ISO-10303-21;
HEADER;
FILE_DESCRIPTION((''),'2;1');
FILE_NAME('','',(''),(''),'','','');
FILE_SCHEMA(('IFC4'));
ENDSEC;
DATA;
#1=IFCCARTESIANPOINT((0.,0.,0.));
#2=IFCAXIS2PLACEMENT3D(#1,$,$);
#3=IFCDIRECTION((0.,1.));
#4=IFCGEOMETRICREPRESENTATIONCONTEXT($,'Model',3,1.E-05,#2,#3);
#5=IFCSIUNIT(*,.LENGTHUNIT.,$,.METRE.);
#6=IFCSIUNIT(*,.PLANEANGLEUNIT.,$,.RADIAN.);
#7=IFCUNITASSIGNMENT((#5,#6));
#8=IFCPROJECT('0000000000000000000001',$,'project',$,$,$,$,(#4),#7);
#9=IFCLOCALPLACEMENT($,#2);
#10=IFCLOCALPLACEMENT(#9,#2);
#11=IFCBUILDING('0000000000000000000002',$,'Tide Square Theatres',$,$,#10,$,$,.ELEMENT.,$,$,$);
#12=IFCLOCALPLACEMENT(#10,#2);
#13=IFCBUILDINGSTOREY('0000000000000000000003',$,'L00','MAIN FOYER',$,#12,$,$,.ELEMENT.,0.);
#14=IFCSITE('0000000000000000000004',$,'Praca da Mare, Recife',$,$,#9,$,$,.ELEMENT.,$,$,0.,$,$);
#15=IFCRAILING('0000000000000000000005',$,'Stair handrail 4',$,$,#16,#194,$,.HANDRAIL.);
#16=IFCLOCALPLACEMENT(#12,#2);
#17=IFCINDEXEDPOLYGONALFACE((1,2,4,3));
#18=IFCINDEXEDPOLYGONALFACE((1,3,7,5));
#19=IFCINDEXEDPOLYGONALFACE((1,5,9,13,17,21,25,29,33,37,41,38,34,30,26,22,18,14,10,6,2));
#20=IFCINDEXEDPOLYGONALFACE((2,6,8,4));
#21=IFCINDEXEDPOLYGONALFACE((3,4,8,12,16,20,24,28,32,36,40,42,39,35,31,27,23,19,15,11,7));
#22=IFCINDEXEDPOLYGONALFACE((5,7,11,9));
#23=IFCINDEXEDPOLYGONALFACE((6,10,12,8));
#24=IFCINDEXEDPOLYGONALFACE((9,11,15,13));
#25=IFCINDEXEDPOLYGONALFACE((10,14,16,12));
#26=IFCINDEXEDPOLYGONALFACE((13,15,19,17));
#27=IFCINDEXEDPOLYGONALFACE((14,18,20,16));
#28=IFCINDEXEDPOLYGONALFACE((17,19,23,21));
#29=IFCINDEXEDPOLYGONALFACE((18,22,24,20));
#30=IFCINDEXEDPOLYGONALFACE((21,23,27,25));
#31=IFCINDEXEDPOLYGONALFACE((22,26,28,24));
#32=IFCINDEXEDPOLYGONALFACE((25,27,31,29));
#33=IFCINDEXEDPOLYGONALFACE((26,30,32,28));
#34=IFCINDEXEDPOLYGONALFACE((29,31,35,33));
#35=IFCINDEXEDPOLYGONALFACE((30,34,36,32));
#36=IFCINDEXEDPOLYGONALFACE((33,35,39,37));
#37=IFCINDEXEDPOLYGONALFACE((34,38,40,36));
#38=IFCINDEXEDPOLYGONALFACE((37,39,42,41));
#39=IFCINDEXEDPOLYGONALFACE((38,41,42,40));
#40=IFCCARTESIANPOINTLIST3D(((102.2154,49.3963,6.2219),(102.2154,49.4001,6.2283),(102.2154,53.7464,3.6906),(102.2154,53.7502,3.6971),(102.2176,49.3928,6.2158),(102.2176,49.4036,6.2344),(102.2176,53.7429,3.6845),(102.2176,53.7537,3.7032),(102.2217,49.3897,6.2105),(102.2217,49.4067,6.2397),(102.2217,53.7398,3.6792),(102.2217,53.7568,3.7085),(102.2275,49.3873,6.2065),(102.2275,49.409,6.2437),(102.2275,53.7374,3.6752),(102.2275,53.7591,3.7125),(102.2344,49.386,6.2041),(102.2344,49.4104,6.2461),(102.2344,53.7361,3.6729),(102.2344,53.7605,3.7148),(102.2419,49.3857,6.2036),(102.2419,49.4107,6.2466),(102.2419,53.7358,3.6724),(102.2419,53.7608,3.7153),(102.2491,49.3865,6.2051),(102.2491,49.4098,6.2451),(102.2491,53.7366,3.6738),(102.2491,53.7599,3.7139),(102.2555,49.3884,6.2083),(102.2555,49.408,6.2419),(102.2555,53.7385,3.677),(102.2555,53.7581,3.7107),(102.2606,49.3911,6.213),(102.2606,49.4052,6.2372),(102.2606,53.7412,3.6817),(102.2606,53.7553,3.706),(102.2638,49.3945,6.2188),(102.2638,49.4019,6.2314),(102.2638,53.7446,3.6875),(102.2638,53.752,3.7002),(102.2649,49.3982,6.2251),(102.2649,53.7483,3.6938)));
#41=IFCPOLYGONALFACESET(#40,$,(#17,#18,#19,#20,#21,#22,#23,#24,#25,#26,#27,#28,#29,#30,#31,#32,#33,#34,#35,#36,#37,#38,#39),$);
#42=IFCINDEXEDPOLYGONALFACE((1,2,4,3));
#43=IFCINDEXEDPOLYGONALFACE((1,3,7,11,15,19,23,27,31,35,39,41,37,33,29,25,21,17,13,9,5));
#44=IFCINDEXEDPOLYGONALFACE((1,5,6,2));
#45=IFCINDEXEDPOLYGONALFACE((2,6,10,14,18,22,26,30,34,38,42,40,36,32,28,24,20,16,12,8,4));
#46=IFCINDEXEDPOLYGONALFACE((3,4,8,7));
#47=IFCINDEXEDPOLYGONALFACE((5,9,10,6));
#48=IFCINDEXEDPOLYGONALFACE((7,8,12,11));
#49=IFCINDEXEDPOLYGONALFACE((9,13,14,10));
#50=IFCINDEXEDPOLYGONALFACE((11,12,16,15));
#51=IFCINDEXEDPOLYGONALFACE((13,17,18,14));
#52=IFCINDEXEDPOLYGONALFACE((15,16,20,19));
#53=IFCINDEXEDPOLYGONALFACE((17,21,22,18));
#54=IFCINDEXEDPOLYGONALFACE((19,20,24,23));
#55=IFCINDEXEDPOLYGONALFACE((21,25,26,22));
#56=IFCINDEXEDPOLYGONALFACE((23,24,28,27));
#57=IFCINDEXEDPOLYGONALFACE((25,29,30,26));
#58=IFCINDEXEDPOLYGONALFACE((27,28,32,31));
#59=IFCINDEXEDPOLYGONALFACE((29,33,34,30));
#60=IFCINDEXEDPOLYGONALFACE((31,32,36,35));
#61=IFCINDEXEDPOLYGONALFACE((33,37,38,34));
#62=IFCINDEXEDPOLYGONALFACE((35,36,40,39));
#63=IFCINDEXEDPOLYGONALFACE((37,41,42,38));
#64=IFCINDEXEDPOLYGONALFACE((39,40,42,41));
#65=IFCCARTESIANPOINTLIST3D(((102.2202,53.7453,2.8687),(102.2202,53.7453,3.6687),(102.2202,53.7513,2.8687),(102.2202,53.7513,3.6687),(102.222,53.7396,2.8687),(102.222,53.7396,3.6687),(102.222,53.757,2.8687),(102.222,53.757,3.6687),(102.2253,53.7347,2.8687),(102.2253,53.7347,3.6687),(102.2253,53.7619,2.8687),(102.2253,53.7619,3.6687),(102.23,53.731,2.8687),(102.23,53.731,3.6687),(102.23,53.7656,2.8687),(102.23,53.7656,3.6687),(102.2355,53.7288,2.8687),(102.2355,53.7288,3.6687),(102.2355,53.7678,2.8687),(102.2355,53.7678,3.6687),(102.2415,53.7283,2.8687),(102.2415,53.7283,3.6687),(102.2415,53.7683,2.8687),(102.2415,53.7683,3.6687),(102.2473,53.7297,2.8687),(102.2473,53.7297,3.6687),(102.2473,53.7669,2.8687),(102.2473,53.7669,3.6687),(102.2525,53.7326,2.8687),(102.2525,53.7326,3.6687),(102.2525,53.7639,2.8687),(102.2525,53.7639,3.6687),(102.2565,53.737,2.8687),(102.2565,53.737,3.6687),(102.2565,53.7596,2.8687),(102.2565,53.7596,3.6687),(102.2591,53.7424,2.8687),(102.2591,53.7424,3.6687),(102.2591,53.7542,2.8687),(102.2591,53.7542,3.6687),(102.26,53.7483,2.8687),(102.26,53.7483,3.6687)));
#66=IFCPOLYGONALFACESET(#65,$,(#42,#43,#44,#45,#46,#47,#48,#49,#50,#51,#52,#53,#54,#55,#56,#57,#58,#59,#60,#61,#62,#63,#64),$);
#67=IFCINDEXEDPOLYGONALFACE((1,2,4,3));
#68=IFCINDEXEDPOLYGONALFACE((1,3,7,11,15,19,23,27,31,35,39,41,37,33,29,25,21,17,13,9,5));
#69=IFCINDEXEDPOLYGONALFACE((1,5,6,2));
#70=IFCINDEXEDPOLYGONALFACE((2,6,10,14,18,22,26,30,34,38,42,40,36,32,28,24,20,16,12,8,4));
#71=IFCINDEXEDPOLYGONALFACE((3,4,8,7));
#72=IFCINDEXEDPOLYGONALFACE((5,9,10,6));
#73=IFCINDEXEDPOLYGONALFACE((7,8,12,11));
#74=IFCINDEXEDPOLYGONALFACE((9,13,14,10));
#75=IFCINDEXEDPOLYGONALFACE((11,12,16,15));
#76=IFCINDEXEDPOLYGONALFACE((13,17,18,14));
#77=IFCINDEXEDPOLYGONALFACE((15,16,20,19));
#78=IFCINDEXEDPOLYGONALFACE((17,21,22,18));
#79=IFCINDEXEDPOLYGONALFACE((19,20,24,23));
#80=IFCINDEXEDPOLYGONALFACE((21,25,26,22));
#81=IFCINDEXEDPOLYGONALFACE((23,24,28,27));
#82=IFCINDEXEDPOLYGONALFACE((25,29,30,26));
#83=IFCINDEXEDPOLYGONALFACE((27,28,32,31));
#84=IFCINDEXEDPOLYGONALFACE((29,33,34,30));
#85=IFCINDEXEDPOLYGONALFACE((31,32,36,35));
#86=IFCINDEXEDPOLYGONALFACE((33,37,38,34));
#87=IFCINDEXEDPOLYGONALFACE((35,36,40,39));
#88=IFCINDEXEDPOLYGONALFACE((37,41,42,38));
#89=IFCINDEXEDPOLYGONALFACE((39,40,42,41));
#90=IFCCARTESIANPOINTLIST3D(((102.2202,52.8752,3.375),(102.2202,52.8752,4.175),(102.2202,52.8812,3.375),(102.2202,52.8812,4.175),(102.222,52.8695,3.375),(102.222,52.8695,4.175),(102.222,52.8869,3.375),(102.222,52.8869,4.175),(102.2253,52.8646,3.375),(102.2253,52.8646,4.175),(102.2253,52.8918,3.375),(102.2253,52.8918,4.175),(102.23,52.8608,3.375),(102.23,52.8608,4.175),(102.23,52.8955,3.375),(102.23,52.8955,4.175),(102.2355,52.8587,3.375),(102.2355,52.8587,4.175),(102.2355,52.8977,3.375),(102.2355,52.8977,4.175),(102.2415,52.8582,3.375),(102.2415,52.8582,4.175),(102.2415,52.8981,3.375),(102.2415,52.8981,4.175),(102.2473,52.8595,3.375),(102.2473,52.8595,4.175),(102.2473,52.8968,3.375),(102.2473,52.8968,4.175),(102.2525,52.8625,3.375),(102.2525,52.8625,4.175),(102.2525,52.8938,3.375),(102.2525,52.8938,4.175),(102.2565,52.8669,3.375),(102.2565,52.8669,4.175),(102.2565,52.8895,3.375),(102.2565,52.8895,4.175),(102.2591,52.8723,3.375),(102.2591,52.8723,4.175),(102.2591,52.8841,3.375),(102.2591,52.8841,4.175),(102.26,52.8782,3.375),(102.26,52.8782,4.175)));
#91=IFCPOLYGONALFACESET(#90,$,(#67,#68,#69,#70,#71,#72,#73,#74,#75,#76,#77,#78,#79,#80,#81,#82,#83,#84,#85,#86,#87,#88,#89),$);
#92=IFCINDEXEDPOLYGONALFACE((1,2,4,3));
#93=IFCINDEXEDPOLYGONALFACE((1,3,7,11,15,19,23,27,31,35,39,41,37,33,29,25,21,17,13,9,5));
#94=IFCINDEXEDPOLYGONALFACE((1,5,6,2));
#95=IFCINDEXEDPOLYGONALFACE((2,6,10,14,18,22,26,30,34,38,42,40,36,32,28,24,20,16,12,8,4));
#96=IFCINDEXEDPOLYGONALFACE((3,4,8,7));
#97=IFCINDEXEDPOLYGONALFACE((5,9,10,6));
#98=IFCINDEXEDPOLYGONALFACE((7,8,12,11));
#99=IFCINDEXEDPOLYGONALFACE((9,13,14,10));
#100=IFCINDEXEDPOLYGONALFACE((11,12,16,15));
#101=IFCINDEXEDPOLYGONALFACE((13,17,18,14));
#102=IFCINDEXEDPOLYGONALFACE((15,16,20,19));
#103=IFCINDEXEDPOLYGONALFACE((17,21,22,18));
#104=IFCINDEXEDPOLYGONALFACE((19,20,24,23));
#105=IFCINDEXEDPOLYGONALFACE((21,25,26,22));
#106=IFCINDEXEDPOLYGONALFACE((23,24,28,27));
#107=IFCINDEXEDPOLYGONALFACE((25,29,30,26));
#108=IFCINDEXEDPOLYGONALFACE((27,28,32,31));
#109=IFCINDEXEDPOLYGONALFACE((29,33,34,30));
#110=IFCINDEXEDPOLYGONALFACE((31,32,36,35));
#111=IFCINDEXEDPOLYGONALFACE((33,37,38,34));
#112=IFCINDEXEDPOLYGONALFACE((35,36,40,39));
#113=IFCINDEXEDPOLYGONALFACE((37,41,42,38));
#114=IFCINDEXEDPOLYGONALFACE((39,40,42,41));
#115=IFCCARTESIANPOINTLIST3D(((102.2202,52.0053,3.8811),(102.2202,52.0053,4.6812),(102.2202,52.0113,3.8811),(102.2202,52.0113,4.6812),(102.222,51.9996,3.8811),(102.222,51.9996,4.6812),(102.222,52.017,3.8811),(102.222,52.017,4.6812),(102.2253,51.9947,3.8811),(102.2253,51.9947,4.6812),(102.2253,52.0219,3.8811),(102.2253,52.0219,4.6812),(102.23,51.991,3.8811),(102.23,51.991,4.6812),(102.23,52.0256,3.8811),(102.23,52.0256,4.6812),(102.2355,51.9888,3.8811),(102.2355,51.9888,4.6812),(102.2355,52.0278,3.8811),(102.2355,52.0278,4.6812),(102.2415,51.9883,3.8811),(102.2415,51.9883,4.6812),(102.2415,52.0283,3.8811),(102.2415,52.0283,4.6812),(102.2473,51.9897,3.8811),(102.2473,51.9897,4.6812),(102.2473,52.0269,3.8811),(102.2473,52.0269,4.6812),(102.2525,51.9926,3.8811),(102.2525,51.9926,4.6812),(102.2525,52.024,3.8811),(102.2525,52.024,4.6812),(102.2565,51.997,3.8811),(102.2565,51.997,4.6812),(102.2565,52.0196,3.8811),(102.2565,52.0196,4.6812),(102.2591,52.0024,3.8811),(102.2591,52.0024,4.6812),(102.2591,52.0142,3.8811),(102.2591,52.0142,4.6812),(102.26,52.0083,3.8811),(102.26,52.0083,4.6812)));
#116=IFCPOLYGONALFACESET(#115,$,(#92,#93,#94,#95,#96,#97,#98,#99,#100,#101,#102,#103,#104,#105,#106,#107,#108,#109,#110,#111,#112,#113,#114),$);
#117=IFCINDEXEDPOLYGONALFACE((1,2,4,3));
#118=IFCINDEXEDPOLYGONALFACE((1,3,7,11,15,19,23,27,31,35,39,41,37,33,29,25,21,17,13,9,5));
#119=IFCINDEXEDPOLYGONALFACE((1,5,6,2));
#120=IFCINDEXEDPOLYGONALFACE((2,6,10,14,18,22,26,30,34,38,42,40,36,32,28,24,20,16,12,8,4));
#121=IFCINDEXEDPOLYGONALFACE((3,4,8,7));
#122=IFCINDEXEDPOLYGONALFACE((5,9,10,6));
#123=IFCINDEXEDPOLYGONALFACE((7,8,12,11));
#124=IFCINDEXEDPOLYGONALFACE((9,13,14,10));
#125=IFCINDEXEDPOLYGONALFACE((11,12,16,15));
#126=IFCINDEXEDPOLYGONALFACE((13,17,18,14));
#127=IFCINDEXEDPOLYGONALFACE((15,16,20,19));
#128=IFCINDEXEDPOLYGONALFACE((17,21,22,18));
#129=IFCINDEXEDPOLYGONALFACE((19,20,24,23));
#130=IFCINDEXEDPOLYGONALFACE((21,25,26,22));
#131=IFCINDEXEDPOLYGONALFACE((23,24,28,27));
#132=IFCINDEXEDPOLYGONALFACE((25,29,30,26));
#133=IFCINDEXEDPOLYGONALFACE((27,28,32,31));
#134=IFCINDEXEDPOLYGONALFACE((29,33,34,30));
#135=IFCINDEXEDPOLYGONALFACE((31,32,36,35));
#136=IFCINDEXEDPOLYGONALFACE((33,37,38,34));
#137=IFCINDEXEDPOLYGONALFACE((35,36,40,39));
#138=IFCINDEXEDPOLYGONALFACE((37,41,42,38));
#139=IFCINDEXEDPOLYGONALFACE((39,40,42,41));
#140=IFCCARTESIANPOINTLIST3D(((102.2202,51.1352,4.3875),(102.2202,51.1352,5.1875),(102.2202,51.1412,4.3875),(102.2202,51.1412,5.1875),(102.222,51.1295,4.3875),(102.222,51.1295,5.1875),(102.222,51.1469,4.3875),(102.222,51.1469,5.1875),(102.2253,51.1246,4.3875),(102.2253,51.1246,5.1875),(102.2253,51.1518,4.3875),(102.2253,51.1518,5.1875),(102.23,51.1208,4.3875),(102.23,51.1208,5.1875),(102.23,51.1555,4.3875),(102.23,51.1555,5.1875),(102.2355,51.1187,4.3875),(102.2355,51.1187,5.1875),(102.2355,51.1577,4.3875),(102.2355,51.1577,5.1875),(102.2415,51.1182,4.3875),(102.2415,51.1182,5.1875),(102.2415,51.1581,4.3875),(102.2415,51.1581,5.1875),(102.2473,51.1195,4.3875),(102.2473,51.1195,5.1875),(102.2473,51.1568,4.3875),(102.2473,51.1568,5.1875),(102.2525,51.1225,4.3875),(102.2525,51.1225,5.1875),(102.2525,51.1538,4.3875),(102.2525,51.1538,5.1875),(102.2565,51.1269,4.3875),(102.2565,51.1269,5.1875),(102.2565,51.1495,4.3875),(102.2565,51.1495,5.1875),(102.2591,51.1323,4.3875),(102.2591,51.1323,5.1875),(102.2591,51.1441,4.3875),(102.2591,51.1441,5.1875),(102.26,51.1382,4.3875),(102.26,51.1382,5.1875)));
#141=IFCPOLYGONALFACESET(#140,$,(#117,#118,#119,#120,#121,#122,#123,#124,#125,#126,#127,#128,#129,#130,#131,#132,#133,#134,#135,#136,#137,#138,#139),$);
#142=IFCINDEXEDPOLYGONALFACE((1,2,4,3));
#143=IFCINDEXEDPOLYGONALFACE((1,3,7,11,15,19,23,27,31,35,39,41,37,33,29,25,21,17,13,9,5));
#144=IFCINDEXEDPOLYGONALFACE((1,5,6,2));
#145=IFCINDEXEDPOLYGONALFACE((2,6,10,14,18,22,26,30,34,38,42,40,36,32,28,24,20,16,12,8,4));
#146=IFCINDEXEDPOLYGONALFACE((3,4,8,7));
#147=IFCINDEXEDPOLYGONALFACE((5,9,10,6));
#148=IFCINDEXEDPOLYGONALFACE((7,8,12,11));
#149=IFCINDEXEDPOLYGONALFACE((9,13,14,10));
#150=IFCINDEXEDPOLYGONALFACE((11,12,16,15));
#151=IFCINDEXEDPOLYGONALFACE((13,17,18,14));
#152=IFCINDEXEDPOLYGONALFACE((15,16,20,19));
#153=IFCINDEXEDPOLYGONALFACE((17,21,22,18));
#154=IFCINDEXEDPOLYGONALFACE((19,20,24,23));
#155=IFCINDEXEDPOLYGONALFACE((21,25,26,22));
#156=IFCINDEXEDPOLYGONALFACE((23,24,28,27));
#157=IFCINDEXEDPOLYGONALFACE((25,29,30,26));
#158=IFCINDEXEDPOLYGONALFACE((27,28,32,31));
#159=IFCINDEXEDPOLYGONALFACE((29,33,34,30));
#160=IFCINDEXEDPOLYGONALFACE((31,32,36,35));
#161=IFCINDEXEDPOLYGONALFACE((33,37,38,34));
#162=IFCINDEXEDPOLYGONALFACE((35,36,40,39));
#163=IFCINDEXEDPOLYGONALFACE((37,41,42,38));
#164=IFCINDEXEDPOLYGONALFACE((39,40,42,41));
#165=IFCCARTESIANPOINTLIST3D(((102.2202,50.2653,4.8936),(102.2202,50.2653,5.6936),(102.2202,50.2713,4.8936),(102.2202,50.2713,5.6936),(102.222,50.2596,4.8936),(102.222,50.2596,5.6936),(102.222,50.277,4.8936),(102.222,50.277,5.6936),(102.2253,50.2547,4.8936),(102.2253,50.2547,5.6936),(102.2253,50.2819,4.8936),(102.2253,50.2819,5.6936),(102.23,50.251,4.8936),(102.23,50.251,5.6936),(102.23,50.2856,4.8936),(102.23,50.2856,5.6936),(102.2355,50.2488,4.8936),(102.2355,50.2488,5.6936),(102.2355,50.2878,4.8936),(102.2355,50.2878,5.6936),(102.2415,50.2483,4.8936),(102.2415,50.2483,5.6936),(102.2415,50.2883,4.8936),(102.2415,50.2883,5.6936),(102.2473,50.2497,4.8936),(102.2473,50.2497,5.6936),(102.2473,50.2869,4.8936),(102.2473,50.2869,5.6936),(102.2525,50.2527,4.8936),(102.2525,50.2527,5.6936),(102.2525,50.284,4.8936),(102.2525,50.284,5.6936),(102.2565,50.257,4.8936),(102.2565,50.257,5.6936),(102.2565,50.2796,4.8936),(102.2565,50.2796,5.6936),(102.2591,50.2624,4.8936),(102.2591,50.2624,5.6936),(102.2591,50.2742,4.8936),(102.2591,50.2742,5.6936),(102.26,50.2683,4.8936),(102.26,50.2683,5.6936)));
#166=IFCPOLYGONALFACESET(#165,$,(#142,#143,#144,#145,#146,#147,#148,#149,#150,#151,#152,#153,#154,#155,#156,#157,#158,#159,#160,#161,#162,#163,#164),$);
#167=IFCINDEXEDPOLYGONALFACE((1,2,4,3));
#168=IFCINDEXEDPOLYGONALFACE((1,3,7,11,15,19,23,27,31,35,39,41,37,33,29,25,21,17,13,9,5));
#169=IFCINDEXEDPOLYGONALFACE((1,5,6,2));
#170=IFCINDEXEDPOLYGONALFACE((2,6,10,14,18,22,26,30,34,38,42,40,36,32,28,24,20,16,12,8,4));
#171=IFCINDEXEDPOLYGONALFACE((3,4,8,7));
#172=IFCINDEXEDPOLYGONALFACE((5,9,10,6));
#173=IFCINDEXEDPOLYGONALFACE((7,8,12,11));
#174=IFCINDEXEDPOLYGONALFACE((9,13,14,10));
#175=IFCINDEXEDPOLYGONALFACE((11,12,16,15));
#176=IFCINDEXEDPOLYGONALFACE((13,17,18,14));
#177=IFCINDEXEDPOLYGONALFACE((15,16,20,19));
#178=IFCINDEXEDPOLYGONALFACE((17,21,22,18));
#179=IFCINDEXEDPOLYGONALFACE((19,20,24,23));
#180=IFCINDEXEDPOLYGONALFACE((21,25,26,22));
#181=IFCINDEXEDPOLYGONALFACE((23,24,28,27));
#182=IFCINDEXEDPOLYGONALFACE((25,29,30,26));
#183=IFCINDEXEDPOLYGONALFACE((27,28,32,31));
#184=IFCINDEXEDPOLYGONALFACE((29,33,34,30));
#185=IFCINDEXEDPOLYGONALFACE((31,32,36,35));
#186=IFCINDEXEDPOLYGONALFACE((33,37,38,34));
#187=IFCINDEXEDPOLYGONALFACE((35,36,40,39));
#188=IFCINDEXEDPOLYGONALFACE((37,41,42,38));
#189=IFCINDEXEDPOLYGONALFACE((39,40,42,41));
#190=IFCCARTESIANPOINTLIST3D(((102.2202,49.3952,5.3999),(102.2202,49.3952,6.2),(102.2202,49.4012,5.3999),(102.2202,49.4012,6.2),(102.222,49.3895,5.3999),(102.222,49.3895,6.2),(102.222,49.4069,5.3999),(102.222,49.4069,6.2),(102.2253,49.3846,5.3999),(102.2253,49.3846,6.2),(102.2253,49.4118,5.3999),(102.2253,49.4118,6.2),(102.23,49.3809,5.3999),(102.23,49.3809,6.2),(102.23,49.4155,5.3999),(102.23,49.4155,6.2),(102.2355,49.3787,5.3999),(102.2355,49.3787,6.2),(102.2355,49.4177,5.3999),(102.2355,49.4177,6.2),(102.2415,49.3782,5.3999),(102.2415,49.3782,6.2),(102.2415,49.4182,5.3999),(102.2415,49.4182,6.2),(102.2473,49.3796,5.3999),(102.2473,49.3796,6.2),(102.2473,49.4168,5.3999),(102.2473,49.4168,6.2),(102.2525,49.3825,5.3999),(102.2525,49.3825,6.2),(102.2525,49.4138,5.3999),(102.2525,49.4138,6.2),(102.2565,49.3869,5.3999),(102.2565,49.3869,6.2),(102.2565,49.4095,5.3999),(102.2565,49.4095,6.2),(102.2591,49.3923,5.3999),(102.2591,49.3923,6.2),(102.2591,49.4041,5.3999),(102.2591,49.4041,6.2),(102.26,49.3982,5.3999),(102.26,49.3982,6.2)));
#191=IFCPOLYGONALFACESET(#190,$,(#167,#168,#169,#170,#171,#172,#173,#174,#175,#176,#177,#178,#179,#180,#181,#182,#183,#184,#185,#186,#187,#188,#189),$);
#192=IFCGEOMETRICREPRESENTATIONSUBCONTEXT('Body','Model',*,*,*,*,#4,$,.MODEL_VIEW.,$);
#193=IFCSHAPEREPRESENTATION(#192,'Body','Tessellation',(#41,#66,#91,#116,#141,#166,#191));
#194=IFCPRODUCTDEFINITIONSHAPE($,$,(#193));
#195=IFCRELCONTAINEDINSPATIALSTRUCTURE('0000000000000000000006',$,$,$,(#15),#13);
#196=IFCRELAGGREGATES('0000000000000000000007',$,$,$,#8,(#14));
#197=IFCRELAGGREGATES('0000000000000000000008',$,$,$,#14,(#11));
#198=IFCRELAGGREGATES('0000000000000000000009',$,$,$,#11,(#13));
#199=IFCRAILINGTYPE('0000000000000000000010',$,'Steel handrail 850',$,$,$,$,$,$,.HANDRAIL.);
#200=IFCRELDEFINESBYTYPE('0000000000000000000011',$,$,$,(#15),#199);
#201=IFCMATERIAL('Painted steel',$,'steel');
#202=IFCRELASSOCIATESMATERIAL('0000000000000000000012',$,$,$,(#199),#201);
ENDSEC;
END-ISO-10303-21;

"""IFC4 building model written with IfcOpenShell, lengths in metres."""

from ifc_helpers import new_model, si_unit, direction, frame, origin, origin_2d, place, context, subcontext, project, spatial, circle, extrude, material, type_object, element, save


model = new_model("IFC4")

# Units and contexts
model_context = context("Model", 3, precision=1e-05, world=origin(), true_north=direction((0.0, 1.0)))
body_context = subcontext(model_context, "Body", "Model", "MODEL_VIEW")
ifc_project = project(units=[si_unit("LENGTHUNIT", "METRE"), si_unit("PLANEANGLEUNIT", "RADIAN")], contexts=[model_context])

# Site, building, storey
site_placement = place(None, origin())
site = spatial("IfcSite", under=ifc_project, at=site_placement, Name="Praca da Mare, Recife", CompositionType="ELEMENT", RefElevation=0.0)
building_placement = place(site_placement, origin())
building = spatial("IfcBuilding", under=site, at=building_placement, Name="Tide Square Theatres", CompositionType="ELEMENT")
storey_placement = place(building_placement, origin())
storey = spatial("IfcBuildingStorey", under=building, at=storey_placement, Name="L00", Description="MAIN FOYER", CompositionType="ELEMENT", Elevation=0.0)

# Railing
ifc_material_1 = material(Name="Painted steel", Category="steel")
railing_type = type_object("IfcRailingType", Name="Steel handrail 850", PredefinedType="HANDRAIL", material=ifc_material_1)
for number, where, name in (
    (1, (102.24, 53.7483, 2.8687), "Stair handrail 4"),
):
    element("IfcRailing", number, at=place(storey_placement, frame(where)), inside=storey, type_object=railing_type, Name=name, PredefinedType="HANDRAIL", context=body_context, shape_type="SweptSolid", body=[
        extrude(circle(Radius=0.0249, at=origin_2d()), frame((0.0, 0.0, 0.8252), z_axis=(0.0, -0.864324, 0.502936), x_axis=(1.0, 0.0, 0.0)), (0.0, 0.0, 1.0), 5.033),
        extrude(circle(Radius=0.02, at=origin_2d()), origin(), (0.0, 0.0, 1.0), 0.8),
        extrude(circle(Radius=0.02, at=origin_2d()), frame((0.0, -0.8701, 0.5063)), (0.0, 0.0, 1.0), 0.8),
        extrude(circle(Radius=0.02, at=origin_2d()), frame((0.0, -1.74, 1.0125)), (0.0, 0.0, 1.0), 0.8),
        extrude(circle(Radius=0.02, at=origin_2d()), frame((0.0, -2.6101, 1.5188)), (0.0, 0.0, 1.0), 0.8),
        extrude(circle(Radius=0.02, at=origin_2d()), frame((0.0, -3.48, 2.0249)), (0.0, 0.0, 1.0), 0.8),
        extrude(circle(Radius=0.02, at=origin_2d()), frame((0.0, -4.3501, 2.5312)), (0.0, 0.0, 1.0), 0.8),
    ])

save(model, "model.ifc")
